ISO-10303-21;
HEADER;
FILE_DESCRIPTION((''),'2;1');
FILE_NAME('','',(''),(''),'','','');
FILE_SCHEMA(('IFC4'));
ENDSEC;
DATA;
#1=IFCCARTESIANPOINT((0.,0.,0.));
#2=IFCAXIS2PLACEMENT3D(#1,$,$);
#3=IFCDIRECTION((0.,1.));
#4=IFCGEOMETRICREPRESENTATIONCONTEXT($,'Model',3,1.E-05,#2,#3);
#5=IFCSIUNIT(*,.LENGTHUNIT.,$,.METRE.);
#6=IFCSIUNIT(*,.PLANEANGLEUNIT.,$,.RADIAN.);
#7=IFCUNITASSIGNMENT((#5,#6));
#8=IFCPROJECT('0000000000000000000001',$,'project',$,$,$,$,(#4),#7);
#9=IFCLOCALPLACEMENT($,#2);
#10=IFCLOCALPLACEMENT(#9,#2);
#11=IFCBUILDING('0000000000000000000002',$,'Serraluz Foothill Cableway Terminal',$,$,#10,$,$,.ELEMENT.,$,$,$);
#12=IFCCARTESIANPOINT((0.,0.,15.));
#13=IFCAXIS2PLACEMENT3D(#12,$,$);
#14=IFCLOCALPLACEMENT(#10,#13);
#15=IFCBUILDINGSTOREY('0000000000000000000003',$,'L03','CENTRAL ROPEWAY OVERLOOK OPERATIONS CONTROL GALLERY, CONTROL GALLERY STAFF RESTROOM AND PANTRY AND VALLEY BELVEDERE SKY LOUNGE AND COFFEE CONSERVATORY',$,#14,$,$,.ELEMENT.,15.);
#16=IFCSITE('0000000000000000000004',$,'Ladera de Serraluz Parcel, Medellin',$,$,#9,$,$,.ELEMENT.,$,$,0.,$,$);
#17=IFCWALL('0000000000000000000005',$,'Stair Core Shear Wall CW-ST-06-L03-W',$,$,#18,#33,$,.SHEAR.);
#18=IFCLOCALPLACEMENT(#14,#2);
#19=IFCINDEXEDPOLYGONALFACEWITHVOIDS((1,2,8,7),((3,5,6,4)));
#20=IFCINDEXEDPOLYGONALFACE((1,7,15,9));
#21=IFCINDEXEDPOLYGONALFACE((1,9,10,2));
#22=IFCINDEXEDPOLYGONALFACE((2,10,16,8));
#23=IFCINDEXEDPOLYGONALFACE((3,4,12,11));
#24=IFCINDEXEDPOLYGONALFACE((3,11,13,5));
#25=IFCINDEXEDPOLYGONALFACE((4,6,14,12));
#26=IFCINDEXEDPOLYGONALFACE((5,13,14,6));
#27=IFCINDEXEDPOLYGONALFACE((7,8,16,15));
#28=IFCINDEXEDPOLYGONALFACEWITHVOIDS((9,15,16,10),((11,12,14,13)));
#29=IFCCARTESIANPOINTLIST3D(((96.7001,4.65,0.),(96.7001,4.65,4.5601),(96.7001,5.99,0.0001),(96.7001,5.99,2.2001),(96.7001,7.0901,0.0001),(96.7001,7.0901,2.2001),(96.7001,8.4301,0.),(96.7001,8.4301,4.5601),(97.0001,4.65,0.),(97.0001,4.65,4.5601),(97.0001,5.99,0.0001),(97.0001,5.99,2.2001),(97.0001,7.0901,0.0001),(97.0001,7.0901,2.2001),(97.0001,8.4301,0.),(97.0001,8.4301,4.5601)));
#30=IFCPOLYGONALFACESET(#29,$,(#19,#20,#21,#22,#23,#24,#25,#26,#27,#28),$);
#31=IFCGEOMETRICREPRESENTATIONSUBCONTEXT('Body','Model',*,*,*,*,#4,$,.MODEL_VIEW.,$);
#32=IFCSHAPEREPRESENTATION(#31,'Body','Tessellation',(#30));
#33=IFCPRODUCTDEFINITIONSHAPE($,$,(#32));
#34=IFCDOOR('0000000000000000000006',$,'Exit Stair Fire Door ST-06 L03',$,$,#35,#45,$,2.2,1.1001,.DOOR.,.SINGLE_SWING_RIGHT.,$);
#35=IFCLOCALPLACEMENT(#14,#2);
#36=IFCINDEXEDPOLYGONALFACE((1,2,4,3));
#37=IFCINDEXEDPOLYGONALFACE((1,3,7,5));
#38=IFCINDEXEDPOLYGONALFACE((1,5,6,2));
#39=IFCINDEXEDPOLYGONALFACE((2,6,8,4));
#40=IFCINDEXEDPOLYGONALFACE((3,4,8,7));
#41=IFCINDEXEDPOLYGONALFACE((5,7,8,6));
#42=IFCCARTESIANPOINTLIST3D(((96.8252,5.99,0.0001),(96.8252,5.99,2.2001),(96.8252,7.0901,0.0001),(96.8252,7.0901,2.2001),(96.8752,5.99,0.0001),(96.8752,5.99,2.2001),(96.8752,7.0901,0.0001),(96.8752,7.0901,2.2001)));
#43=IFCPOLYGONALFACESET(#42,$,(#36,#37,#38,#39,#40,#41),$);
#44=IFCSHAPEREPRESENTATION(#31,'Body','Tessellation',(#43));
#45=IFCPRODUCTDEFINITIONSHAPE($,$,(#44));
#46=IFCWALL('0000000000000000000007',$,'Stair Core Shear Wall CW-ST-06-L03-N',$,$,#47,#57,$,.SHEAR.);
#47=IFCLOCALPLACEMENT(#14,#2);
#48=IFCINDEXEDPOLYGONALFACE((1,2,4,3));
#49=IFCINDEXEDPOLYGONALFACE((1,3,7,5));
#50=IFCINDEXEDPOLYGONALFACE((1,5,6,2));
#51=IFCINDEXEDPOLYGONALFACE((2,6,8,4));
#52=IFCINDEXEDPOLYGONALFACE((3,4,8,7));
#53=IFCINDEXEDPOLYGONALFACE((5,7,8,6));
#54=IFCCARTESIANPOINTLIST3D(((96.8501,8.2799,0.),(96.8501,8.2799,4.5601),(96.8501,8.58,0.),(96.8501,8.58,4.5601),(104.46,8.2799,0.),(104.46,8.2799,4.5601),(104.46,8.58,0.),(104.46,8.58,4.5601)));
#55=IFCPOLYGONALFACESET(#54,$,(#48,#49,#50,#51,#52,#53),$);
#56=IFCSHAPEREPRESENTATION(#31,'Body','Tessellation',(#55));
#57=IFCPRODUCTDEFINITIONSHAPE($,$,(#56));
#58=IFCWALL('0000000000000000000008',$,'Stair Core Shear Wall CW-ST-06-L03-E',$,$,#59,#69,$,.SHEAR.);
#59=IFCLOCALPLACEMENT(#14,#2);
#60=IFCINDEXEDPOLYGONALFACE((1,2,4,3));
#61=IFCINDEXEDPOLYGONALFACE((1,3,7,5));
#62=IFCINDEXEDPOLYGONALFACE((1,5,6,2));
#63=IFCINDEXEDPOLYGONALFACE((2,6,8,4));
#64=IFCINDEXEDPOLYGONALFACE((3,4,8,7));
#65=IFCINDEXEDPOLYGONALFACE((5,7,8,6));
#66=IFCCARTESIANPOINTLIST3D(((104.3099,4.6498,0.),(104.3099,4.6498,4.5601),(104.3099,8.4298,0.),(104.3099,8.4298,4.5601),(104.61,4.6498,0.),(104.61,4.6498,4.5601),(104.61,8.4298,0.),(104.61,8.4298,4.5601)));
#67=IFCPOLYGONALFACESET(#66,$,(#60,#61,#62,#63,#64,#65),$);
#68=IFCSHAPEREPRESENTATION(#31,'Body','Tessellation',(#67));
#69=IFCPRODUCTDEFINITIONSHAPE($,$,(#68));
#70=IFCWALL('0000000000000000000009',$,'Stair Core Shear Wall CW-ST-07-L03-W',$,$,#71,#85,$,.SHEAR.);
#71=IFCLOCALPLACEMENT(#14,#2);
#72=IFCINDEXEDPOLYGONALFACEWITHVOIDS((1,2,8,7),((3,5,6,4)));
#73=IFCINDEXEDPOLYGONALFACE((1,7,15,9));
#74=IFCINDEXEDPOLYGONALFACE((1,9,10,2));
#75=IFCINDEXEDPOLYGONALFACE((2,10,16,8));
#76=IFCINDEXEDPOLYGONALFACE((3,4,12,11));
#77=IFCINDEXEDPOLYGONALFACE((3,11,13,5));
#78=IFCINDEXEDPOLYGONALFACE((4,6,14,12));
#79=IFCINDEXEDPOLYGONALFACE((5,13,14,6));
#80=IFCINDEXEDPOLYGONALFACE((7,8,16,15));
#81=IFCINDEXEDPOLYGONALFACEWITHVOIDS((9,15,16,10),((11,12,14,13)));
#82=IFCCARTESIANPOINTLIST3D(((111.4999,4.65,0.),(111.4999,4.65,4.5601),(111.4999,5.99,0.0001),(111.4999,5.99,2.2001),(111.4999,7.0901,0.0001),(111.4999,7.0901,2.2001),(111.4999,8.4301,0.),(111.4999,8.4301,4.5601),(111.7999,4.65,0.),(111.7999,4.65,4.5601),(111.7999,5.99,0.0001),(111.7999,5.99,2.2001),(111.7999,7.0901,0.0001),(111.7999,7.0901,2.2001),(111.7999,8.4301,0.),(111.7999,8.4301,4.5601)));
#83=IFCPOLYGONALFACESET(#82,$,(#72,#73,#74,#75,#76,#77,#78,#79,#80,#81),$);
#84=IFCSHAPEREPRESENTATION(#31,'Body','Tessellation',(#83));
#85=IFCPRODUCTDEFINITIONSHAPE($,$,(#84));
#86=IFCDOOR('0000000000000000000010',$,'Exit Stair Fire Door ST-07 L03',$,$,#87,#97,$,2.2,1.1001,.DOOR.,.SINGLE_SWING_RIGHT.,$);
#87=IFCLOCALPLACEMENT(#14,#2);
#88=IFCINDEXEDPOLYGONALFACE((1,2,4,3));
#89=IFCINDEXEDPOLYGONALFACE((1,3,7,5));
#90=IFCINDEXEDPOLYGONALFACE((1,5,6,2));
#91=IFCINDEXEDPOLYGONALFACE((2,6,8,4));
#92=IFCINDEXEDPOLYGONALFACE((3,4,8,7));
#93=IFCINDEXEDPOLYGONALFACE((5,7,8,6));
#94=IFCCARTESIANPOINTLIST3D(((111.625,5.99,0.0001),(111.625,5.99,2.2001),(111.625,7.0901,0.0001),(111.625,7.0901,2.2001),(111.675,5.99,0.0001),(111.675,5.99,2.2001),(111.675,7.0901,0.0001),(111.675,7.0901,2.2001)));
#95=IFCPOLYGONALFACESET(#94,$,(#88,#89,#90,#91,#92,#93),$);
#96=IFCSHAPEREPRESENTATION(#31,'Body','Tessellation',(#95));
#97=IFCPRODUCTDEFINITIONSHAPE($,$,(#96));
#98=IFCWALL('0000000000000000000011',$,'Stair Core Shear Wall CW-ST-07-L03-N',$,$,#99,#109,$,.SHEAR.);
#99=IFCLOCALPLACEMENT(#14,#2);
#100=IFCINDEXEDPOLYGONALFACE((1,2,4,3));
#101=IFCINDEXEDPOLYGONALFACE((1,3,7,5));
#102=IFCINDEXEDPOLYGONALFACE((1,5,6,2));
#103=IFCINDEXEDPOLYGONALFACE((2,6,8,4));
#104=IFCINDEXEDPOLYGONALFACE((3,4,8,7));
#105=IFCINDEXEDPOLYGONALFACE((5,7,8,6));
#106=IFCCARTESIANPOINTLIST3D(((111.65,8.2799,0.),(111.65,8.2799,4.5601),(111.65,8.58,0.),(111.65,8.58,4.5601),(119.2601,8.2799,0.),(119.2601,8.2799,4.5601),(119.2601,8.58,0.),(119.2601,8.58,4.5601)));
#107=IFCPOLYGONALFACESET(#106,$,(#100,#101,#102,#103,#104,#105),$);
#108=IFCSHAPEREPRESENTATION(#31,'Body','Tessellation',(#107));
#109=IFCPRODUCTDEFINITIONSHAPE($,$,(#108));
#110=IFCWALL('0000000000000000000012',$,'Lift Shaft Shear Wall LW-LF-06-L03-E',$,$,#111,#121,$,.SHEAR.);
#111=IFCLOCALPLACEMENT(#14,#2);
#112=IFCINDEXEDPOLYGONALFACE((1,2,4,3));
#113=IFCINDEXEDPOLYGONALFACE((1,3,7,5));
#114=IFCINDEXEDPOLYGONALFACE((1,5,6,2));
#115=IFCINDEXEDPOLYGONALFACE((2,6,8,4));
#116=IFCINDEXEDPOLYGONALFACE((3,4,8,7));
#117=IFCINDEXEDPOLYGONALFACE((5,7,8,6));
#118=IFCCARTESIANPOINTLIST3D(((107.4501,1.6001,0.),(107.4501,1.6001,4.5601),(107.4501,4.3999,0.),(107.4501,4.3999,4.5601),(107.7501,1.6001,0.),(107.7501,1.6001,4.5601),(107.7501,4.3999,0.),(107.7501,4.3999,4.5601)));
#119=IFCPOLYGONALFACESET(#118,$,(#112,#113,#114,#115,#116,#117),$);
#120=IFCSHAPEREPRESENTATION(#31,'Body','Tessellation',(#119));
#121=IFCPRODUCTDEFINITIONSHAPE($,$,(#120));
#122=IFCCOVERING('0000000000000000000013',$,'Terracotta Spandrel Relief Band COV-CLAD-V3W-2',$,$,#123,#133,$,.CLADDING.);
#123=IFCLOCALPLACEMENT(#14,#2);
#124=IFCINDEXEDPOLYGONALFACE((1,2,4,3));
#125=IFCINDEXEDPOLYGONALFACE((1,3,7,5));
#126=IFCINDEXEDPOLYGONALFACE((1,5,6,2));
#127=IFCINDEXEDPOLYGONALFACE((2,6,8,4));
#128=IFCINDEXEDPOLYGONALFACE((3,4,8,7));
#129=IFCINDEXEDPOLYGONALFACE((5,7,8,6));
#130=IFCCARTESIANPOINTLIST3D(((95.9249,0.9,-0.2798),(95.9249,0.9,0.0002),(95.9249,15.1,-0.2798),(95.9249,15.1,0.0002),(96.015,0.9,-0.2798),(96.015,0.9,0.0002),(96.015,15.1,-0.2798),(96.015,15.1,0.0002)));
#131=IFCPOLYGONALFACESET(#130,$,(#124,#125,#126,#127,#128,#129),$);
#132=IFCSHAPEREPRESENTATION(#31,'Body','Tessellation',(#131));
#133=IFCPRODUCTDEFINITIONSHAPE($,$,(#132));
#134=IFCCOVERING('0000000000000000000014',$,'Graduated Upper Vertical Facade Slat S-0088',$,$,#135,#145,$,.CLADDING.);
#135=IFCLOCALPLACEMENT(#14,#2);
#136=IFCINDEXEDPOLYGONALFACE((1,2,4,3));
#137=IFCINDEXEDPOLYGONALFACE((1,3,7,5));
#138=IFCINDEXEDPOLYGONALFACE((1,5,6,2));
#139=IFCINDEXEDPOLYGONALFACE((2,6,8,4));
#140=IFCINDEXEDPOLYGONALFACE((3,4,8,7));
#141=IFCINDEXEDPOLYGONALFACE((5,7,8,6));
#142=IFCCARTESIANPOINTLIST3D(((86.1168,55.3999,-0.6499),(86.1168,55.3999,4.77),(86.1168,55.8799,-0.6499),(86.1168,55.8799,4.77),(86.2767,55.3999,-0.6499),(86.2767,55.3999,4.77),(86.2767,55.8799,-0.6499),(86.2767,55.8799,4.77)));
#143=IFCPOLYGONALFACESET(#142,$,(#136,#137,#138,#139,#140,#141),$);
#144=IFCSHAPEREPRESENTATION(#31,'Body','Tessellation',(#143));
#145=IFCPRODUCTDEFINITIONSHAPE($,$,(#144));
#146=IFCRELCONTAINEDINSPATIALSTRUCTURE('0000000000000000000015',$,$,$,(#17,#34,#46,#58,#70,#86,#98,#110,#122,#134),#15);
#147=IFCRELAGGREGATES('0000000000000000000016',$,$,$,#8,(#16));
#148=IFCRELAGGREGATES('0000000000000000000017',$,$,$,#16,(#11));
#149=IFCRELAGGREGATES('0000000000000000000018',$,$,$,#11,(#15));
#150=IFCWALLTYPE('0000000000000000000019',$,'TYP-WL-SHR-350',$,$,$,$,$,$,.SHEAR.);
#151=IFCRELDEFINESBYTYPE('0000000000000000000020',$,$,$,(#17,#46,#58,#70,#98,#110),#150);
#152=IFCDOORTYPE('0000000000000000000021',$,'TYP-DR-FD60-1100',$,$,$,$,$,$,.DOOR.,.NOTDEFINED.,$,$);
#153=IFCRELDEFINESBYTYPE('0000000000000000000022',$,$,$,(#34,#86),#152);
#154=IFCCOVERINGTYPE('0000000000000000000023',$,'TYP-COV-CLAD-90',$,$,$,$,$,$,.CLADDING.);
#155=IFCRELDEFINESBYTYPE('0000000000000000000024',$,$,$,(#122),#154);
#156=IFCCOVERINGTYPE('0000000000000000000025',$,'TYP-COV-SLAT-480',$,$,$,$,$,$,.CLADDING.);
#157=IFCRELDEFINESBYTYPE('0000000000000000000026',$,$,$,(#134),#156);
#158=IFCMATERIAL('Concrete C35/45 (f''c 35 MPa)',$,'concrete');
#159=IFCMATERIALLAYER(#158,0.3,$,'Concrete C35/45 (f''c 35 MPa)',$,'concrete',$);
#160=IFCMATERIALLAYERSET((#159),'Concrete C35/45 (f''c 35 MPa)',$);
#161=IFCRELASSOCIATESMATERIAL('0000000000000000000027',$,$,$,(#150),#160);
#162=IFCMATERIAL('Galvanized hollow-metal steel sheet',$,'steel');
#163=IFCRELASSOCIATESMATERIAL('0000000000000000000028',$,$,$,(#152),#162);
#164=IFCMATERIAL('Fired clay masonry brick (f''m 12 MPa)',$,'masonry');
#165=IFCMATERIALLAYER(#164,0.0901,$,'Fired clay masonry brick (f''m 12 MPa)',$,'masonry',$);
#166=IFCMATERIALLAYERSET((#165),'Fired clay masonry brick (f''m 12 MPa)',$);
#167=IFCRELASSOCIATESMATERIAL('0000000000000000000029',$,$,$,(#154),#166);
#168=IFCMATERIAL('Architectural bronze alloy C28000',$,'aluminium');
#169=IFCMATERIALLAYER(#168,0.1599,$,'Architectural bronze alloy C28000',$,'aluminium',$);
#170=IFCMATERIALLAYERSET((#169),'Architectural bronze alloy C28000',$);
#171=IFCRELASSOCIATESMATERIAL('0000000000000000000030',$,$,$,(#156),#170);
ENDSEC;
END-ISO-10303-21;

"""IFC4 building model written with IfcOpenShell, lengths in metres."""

from ifc_helpers import new_model, si_unit, direction, frame, frame_2d, origin, origin_2d, place, context, subcontext, project, spatial, rectangle, extrude, material, layer, layer_set, type_object, element, fill, save


model = new_model("IFC4")

# Units and contexts
model_context = context("Model", 3, precision=1e-05, world=origin(), true_north=direction((0.0, 1.0)))
body_context = subcontext(model_context, "Body", "Model", "MODEL_VIEW")
ifc_project = project(units=[si_unit("LENGTHUNIT", "METRE"), si_unit("PLANEANGLEUNIT", "RADIAN")], contexts=[model_context])

# Site, building, storey
site_placement = place(None, origin())
site = spatial("IfcSite", under=ifc_project, at=site_placement, Name="Ladera de Serraluz Parcel, Medellin", CompositionType="ELEMENT", RefElevation=0.0)
building_placement = place(site_placement, origin())
building = spatial("IfcBuilding", under=site, at=building_placement, Name="Serraluz Foothill Cableway Terminal", CompositionType="ELEMENT")
storey_placement = place(building_placement, frame((0.0, 0.0, 15.0)))
storey = spatial("IfcBuildingStorey", under=building, at=storey_placement, Name="L03", Description="CENTRAL ROPEWAY OVERLOOK OPERATIONS CONTROL GALLERY, CONTROL GALLERY STAFF RESTROOM AND PANTRY AND VALLEY BELVEDERE SKY LOUNGE AND COFFEE CONSERVATORY", CompositionType="ELEMENT", Elevation=15.0)

# Shared definitions
ifc_material_1 = material(Name="Fired clay masonry brick (f'm 12 MPa)", Category="masonry")

# Shared definitions
ifc_material_2 = material(Name="Concrete C35/45 (f'c 35 MPa)", Category="concrete")
ifc_layer_1 = layer(ifc_material_2, 0.3, Name="Concrete C35/45 (f'c 35 MPa)", Category="concrete")
ifc_layer_set_1 = layer_set([ifc_layer_1], Name="Concrete C35/45 (f'c 35 MPa)")
wall_type_1 = type_object("IfcWallType", Name="TYP-WL-SHR-350", PredefinedType="SHEAR", material=ifc_layer_set_1)

# Wall, opening, door
wall_1_placement = place(storey_placement, frame((96.8501, 4.6499, 0.0), z_axis=(0.0, 0.0, 1.0), x_axis=(0.0, 1.0, 0.0)))
wall_1 = element("IfcWall", 1, at=wall_1_placement, inside=storey, type_object=wall_type_1, Name="Stair Core Shear Wall CW-ST-06-L03-W", PredefinedType="SHEAR", context=body_context, shape_type="SweptSolid", body=[
    extrude(rectangle(XDim=3.78, YDim=0.3, at=frame_2d((1.8901, 0.0))), origin(), (0.0, 0.0, 1.0), 4.5601),
])
opening_1_placement = place(wall_1_placement, frame((1.3401, 0.0, 0.0)))
opening_1 = element("IfcOpeningElement", 2, at=opening_1_placement, cuts=wall_1, PredefinedType="OPENING", context=body_context, shape_type="SweptSolid", body=[
    extrude(rectangle(XDim=1.1001, YDim=2.2, at=frame_2d((0.55, 1.1001))), frame((0.0, 0.1602, 0.0), z_axis=(0.0, -1.0, 0.0), x_axis=(1.0, 0.0, 0.0)), (0.0, 0.0, 1.0), 0.3201),
])
ifc_material_3 = material(Name="Galvanized hollow-metal steel sheet", Category="steel")
door_type = type_object("IfcDoorType", Name="TYP-DR-FD60-1100", OperationType="NOTDEFINED", PredefinedType="DOOR", material=ifc_material_3)
door_1_placement = place(opening_1_placement, origin())
door_1 = element("IfcDoor", 3, at=door_1_placement, inside=storey, type_object=door_type, Name="Exit Stair Fire Door ST-06 L03", OperationType="SINGLE_SWING_RIGHT", OverallHeight=2.2, OverallWidth=1.1001, PredefinedType="DOOR", context=body_context, shape_type="SweptSolid", body=[
    extrude(rectangle(XDim=1.1001, YDim=2.2, at=frame_2d((0.55, 1.1001))), frame((0.0, 0.0249, 0.0), z_axis=(0.0, -1.0, 0.0), x_axis=(1.0, 0.0, 0.0)), (0.0, 0.0, 1.0), 0.05),
])
fill(opening_1, door_1)

# Walls
wall_2_placement = place(storey_placement, frame((96.8501, 8.4299, 0.0), z_axis=(0.0, 0.0, 1.0), x_axis=(1.0, 0.0, 0.0)))
element("IfcWall", 4, at=wall_2_placement, inside=storey, type_object=wall_type_1, Name="Stair Core Shear Wall CW-ST-06-L03-N", PredefinedType="SHEAR", context=body_context, shape_type="SweptSolid", body=[
    extrude(rectangle(XDim=7.6099, YDim=0.3, at=frame_2d((3.8049, 0.0))), origin(), (0.0, 0.0, 1.0), 4.5601),
])
wall_3_placement = place(storey_placement, frame((104.46, 8.4299, 0.0), z_axis=(0.0, 0.0, 1.0), x_axis=(0.0, -1.0, 0.0)))
element("IfcWall", 5, at=wall_3_placement, inside=storey, type_object=wall_type_1, Name="Stair Core Shear Wall CW-ST-06-L03-E", PredefinedType="SHEAR", context=body_context, shape_type="SweptSolid", body=[
    extrude(rectangle(XDim=3.78, YDim=0.3, at=frame_2d((1.8901, 0.0))), origin(), (0.0, 0.0, 1.0), 4.5601),
])

# Wall, opening, door
wall_4_placement = place(storey_placement, frame((111.6499, 4.6499, 0.0), z_axis=(0.0, 0.0, 1.0), x_axis=(0.0, 1.0, 0.0)))
wall_4 = element("IfcWall", 6, at=wall_4_placement, inside=storey, type_object=wall_type_1, Name="Stair Core Shear Wall CW-ST-07-L03-W", PredefinedType="SHEAR", context=body_context, shape_type="SweptSolid", body=[
    extrude(rectangle(XDim=3.78, YDim=0.3, at=frame_2d((1.8901, 0.0))), origin(), (0.0, 0.0, 1.0), 4.5601),
])
opening_2_placement = place(wall_4_placement, frame((1.3401, 0.0, 0.0)))
opening_2 = element("IfcOpeningElement", 7, at=opening_2_placement, cuts=wall_4, PredefinedType="OPENING", context=body_context, shape_type="SweptSolid", body=[
    extrude(rectangle(XDim=1.1001, YDim=2.2, at=frame_2d((0.55, 1.1001))), frame((0.0, 0.1602, 0.0), z_axis=(0.0, -1.0, 0.0), x_axis=(1.0, 0.0, 0.0)), (0.0, 0.0, 1.0), 0.3201),
])
door_2_placement = place(opening_2_placement, origin())
door_2 = element("IfcDoor", 8, at=door_2_placement, inside=storey, type_object=door_type, Name="Exit Stair Fire Door ST-07 L03", OperationType="SINGLE_SWING_RIGHT", OverallHeight=2.2, OverallWidth=1.1001, PredefinedType="DOOR", context=body_context, shape_type="SweptSolid", body=[
    extrude(rectangle(XDim=1.1001, YDim=2.2, at=frame_2d((0.55, 1.1001))), frame((0.0, 0.0249, 0.0), z_axis=(0.0, -1.0, 0.0), x_axis=(1.0, 0.0, 0.0)), (0.0, 0.0, 1.0), 0.05),
])
fill(opening_2, door_2)

# Walls
wall_5_placement = place(storey_placement, frame((111.6499, 8.4299, 0.0), z_axis=(0.0, 0.0, 1.0), x_axis=(1.0, 0.0, 0.0)))
element("IfcWall", 9, at=wall_5_placement, inside=storey, type_object=wall_type_1, Name="Stair Core Shear Wall CW-ST-07-L03-N", PredefinedType="SHEAR", context=body_context, shape_type="SweptSolid", body=[
    extrude(rectangle(XDim=7.6101, YDim=0.3, at=frame_2d((3.8052, 0.0))), origin(), (0.0, 0.0, 1.0), 4.5601),
])
wall_6_placement = place(storey_placement, frame((107.6001, 4.3999, 0.0), z_axis=(0.0, 0.0, 1.0), x_axis=(0.0, -1.0, 0.0)))
element("IfcWall", 10, at=wall_6_placement, inside=storey, type_object=wall_type_1, Name="Lift Shaft Shear Wall LW-LF-06-L03-E", PredefinedType="SHEAR", context=body_context, shape_type="SweptSolid", body=[
    extrude(rectangle(XDim=2.7998, YDim=0.3, at=frame_2d((1.3999, 0.0))), origin(), (0.0, 0.0, 1.0), 4.5601),
])

# Coverings
ifc_layer_2 = layer(ifc_material_1, 0.0901, Name="Fired clay masonry brick (f'm 12 MPa)", Category="masonry")
ifc_layer_set_2 = layer_set([ifc_layer_2], Name="Fired clay masonry brick (f'm 12 MPa)")
covering_type_1 = type_object("IfcCoveringType", Name="TYP-COV-CLAD-90", PredefinedType="CLADDING", material=ifc_layer_set_2)
covering_1_placement = place(storey_placement, frame((95.97, 8.0, -0.2798), z_axis=(0.0, 0.0, 1.0), x_axis=(0.0, 1.0, 0.0)))
element("IfcCovering", 11, at=covering_1_placement, inside=storey, type_object=covering_type_1, Name="Terracotta Spandrel Relief Band COV-CLAD-V3W-2", PredefinedType="CLADDING", context=body_context, shape_type="SweptSolid", body=[
    extrude(rectangle(XDim=14.2, YDim=0.0901, at=origin_2d()), origin(), (0.0, 0.0, 1.0), 0.28),
])
ifc_material_4 = material(Name="Architectural bronze alloy C28000", Category="aluminium")
ifc_layer_3 = layer(ifc_material_4, 0.1599, Name="Architectural bronze alloy C28000", Category="aluminium")
ifc_layer_set_3 = layer_set([ifc_layer_3], Name="Architectural bronze alloy C28000")
covering_type_2 = type_object("IfcCoveringType", Name="TYP-COV-SLAT-480", PredefinedType="CLADDING", material=ifc_layer_set_3)
covering_2_placement = place(storey_placement, frame((86.1968, 55.6399, -0.6499), z_axis=(0.0, 0.0, 1.0), x_axis=(1.0, 0.0, 0.0)))
element("IfcCovering", 12, at=covering_2_placement, inside=storey, type_object=covering_type_2, Name="Graduated Upper Vertical Facade Slat S-0088", PredefinedType="CLADDING", context=body_context, shape_type="SweptSolid", body=[
    extrude(rectangle(XDim=0.1599, YDim=0.48, at=origin_2d()), origin(), (0.0, 0.0, 1.0), 5.4199),
])

save(model, "model.ifc")
